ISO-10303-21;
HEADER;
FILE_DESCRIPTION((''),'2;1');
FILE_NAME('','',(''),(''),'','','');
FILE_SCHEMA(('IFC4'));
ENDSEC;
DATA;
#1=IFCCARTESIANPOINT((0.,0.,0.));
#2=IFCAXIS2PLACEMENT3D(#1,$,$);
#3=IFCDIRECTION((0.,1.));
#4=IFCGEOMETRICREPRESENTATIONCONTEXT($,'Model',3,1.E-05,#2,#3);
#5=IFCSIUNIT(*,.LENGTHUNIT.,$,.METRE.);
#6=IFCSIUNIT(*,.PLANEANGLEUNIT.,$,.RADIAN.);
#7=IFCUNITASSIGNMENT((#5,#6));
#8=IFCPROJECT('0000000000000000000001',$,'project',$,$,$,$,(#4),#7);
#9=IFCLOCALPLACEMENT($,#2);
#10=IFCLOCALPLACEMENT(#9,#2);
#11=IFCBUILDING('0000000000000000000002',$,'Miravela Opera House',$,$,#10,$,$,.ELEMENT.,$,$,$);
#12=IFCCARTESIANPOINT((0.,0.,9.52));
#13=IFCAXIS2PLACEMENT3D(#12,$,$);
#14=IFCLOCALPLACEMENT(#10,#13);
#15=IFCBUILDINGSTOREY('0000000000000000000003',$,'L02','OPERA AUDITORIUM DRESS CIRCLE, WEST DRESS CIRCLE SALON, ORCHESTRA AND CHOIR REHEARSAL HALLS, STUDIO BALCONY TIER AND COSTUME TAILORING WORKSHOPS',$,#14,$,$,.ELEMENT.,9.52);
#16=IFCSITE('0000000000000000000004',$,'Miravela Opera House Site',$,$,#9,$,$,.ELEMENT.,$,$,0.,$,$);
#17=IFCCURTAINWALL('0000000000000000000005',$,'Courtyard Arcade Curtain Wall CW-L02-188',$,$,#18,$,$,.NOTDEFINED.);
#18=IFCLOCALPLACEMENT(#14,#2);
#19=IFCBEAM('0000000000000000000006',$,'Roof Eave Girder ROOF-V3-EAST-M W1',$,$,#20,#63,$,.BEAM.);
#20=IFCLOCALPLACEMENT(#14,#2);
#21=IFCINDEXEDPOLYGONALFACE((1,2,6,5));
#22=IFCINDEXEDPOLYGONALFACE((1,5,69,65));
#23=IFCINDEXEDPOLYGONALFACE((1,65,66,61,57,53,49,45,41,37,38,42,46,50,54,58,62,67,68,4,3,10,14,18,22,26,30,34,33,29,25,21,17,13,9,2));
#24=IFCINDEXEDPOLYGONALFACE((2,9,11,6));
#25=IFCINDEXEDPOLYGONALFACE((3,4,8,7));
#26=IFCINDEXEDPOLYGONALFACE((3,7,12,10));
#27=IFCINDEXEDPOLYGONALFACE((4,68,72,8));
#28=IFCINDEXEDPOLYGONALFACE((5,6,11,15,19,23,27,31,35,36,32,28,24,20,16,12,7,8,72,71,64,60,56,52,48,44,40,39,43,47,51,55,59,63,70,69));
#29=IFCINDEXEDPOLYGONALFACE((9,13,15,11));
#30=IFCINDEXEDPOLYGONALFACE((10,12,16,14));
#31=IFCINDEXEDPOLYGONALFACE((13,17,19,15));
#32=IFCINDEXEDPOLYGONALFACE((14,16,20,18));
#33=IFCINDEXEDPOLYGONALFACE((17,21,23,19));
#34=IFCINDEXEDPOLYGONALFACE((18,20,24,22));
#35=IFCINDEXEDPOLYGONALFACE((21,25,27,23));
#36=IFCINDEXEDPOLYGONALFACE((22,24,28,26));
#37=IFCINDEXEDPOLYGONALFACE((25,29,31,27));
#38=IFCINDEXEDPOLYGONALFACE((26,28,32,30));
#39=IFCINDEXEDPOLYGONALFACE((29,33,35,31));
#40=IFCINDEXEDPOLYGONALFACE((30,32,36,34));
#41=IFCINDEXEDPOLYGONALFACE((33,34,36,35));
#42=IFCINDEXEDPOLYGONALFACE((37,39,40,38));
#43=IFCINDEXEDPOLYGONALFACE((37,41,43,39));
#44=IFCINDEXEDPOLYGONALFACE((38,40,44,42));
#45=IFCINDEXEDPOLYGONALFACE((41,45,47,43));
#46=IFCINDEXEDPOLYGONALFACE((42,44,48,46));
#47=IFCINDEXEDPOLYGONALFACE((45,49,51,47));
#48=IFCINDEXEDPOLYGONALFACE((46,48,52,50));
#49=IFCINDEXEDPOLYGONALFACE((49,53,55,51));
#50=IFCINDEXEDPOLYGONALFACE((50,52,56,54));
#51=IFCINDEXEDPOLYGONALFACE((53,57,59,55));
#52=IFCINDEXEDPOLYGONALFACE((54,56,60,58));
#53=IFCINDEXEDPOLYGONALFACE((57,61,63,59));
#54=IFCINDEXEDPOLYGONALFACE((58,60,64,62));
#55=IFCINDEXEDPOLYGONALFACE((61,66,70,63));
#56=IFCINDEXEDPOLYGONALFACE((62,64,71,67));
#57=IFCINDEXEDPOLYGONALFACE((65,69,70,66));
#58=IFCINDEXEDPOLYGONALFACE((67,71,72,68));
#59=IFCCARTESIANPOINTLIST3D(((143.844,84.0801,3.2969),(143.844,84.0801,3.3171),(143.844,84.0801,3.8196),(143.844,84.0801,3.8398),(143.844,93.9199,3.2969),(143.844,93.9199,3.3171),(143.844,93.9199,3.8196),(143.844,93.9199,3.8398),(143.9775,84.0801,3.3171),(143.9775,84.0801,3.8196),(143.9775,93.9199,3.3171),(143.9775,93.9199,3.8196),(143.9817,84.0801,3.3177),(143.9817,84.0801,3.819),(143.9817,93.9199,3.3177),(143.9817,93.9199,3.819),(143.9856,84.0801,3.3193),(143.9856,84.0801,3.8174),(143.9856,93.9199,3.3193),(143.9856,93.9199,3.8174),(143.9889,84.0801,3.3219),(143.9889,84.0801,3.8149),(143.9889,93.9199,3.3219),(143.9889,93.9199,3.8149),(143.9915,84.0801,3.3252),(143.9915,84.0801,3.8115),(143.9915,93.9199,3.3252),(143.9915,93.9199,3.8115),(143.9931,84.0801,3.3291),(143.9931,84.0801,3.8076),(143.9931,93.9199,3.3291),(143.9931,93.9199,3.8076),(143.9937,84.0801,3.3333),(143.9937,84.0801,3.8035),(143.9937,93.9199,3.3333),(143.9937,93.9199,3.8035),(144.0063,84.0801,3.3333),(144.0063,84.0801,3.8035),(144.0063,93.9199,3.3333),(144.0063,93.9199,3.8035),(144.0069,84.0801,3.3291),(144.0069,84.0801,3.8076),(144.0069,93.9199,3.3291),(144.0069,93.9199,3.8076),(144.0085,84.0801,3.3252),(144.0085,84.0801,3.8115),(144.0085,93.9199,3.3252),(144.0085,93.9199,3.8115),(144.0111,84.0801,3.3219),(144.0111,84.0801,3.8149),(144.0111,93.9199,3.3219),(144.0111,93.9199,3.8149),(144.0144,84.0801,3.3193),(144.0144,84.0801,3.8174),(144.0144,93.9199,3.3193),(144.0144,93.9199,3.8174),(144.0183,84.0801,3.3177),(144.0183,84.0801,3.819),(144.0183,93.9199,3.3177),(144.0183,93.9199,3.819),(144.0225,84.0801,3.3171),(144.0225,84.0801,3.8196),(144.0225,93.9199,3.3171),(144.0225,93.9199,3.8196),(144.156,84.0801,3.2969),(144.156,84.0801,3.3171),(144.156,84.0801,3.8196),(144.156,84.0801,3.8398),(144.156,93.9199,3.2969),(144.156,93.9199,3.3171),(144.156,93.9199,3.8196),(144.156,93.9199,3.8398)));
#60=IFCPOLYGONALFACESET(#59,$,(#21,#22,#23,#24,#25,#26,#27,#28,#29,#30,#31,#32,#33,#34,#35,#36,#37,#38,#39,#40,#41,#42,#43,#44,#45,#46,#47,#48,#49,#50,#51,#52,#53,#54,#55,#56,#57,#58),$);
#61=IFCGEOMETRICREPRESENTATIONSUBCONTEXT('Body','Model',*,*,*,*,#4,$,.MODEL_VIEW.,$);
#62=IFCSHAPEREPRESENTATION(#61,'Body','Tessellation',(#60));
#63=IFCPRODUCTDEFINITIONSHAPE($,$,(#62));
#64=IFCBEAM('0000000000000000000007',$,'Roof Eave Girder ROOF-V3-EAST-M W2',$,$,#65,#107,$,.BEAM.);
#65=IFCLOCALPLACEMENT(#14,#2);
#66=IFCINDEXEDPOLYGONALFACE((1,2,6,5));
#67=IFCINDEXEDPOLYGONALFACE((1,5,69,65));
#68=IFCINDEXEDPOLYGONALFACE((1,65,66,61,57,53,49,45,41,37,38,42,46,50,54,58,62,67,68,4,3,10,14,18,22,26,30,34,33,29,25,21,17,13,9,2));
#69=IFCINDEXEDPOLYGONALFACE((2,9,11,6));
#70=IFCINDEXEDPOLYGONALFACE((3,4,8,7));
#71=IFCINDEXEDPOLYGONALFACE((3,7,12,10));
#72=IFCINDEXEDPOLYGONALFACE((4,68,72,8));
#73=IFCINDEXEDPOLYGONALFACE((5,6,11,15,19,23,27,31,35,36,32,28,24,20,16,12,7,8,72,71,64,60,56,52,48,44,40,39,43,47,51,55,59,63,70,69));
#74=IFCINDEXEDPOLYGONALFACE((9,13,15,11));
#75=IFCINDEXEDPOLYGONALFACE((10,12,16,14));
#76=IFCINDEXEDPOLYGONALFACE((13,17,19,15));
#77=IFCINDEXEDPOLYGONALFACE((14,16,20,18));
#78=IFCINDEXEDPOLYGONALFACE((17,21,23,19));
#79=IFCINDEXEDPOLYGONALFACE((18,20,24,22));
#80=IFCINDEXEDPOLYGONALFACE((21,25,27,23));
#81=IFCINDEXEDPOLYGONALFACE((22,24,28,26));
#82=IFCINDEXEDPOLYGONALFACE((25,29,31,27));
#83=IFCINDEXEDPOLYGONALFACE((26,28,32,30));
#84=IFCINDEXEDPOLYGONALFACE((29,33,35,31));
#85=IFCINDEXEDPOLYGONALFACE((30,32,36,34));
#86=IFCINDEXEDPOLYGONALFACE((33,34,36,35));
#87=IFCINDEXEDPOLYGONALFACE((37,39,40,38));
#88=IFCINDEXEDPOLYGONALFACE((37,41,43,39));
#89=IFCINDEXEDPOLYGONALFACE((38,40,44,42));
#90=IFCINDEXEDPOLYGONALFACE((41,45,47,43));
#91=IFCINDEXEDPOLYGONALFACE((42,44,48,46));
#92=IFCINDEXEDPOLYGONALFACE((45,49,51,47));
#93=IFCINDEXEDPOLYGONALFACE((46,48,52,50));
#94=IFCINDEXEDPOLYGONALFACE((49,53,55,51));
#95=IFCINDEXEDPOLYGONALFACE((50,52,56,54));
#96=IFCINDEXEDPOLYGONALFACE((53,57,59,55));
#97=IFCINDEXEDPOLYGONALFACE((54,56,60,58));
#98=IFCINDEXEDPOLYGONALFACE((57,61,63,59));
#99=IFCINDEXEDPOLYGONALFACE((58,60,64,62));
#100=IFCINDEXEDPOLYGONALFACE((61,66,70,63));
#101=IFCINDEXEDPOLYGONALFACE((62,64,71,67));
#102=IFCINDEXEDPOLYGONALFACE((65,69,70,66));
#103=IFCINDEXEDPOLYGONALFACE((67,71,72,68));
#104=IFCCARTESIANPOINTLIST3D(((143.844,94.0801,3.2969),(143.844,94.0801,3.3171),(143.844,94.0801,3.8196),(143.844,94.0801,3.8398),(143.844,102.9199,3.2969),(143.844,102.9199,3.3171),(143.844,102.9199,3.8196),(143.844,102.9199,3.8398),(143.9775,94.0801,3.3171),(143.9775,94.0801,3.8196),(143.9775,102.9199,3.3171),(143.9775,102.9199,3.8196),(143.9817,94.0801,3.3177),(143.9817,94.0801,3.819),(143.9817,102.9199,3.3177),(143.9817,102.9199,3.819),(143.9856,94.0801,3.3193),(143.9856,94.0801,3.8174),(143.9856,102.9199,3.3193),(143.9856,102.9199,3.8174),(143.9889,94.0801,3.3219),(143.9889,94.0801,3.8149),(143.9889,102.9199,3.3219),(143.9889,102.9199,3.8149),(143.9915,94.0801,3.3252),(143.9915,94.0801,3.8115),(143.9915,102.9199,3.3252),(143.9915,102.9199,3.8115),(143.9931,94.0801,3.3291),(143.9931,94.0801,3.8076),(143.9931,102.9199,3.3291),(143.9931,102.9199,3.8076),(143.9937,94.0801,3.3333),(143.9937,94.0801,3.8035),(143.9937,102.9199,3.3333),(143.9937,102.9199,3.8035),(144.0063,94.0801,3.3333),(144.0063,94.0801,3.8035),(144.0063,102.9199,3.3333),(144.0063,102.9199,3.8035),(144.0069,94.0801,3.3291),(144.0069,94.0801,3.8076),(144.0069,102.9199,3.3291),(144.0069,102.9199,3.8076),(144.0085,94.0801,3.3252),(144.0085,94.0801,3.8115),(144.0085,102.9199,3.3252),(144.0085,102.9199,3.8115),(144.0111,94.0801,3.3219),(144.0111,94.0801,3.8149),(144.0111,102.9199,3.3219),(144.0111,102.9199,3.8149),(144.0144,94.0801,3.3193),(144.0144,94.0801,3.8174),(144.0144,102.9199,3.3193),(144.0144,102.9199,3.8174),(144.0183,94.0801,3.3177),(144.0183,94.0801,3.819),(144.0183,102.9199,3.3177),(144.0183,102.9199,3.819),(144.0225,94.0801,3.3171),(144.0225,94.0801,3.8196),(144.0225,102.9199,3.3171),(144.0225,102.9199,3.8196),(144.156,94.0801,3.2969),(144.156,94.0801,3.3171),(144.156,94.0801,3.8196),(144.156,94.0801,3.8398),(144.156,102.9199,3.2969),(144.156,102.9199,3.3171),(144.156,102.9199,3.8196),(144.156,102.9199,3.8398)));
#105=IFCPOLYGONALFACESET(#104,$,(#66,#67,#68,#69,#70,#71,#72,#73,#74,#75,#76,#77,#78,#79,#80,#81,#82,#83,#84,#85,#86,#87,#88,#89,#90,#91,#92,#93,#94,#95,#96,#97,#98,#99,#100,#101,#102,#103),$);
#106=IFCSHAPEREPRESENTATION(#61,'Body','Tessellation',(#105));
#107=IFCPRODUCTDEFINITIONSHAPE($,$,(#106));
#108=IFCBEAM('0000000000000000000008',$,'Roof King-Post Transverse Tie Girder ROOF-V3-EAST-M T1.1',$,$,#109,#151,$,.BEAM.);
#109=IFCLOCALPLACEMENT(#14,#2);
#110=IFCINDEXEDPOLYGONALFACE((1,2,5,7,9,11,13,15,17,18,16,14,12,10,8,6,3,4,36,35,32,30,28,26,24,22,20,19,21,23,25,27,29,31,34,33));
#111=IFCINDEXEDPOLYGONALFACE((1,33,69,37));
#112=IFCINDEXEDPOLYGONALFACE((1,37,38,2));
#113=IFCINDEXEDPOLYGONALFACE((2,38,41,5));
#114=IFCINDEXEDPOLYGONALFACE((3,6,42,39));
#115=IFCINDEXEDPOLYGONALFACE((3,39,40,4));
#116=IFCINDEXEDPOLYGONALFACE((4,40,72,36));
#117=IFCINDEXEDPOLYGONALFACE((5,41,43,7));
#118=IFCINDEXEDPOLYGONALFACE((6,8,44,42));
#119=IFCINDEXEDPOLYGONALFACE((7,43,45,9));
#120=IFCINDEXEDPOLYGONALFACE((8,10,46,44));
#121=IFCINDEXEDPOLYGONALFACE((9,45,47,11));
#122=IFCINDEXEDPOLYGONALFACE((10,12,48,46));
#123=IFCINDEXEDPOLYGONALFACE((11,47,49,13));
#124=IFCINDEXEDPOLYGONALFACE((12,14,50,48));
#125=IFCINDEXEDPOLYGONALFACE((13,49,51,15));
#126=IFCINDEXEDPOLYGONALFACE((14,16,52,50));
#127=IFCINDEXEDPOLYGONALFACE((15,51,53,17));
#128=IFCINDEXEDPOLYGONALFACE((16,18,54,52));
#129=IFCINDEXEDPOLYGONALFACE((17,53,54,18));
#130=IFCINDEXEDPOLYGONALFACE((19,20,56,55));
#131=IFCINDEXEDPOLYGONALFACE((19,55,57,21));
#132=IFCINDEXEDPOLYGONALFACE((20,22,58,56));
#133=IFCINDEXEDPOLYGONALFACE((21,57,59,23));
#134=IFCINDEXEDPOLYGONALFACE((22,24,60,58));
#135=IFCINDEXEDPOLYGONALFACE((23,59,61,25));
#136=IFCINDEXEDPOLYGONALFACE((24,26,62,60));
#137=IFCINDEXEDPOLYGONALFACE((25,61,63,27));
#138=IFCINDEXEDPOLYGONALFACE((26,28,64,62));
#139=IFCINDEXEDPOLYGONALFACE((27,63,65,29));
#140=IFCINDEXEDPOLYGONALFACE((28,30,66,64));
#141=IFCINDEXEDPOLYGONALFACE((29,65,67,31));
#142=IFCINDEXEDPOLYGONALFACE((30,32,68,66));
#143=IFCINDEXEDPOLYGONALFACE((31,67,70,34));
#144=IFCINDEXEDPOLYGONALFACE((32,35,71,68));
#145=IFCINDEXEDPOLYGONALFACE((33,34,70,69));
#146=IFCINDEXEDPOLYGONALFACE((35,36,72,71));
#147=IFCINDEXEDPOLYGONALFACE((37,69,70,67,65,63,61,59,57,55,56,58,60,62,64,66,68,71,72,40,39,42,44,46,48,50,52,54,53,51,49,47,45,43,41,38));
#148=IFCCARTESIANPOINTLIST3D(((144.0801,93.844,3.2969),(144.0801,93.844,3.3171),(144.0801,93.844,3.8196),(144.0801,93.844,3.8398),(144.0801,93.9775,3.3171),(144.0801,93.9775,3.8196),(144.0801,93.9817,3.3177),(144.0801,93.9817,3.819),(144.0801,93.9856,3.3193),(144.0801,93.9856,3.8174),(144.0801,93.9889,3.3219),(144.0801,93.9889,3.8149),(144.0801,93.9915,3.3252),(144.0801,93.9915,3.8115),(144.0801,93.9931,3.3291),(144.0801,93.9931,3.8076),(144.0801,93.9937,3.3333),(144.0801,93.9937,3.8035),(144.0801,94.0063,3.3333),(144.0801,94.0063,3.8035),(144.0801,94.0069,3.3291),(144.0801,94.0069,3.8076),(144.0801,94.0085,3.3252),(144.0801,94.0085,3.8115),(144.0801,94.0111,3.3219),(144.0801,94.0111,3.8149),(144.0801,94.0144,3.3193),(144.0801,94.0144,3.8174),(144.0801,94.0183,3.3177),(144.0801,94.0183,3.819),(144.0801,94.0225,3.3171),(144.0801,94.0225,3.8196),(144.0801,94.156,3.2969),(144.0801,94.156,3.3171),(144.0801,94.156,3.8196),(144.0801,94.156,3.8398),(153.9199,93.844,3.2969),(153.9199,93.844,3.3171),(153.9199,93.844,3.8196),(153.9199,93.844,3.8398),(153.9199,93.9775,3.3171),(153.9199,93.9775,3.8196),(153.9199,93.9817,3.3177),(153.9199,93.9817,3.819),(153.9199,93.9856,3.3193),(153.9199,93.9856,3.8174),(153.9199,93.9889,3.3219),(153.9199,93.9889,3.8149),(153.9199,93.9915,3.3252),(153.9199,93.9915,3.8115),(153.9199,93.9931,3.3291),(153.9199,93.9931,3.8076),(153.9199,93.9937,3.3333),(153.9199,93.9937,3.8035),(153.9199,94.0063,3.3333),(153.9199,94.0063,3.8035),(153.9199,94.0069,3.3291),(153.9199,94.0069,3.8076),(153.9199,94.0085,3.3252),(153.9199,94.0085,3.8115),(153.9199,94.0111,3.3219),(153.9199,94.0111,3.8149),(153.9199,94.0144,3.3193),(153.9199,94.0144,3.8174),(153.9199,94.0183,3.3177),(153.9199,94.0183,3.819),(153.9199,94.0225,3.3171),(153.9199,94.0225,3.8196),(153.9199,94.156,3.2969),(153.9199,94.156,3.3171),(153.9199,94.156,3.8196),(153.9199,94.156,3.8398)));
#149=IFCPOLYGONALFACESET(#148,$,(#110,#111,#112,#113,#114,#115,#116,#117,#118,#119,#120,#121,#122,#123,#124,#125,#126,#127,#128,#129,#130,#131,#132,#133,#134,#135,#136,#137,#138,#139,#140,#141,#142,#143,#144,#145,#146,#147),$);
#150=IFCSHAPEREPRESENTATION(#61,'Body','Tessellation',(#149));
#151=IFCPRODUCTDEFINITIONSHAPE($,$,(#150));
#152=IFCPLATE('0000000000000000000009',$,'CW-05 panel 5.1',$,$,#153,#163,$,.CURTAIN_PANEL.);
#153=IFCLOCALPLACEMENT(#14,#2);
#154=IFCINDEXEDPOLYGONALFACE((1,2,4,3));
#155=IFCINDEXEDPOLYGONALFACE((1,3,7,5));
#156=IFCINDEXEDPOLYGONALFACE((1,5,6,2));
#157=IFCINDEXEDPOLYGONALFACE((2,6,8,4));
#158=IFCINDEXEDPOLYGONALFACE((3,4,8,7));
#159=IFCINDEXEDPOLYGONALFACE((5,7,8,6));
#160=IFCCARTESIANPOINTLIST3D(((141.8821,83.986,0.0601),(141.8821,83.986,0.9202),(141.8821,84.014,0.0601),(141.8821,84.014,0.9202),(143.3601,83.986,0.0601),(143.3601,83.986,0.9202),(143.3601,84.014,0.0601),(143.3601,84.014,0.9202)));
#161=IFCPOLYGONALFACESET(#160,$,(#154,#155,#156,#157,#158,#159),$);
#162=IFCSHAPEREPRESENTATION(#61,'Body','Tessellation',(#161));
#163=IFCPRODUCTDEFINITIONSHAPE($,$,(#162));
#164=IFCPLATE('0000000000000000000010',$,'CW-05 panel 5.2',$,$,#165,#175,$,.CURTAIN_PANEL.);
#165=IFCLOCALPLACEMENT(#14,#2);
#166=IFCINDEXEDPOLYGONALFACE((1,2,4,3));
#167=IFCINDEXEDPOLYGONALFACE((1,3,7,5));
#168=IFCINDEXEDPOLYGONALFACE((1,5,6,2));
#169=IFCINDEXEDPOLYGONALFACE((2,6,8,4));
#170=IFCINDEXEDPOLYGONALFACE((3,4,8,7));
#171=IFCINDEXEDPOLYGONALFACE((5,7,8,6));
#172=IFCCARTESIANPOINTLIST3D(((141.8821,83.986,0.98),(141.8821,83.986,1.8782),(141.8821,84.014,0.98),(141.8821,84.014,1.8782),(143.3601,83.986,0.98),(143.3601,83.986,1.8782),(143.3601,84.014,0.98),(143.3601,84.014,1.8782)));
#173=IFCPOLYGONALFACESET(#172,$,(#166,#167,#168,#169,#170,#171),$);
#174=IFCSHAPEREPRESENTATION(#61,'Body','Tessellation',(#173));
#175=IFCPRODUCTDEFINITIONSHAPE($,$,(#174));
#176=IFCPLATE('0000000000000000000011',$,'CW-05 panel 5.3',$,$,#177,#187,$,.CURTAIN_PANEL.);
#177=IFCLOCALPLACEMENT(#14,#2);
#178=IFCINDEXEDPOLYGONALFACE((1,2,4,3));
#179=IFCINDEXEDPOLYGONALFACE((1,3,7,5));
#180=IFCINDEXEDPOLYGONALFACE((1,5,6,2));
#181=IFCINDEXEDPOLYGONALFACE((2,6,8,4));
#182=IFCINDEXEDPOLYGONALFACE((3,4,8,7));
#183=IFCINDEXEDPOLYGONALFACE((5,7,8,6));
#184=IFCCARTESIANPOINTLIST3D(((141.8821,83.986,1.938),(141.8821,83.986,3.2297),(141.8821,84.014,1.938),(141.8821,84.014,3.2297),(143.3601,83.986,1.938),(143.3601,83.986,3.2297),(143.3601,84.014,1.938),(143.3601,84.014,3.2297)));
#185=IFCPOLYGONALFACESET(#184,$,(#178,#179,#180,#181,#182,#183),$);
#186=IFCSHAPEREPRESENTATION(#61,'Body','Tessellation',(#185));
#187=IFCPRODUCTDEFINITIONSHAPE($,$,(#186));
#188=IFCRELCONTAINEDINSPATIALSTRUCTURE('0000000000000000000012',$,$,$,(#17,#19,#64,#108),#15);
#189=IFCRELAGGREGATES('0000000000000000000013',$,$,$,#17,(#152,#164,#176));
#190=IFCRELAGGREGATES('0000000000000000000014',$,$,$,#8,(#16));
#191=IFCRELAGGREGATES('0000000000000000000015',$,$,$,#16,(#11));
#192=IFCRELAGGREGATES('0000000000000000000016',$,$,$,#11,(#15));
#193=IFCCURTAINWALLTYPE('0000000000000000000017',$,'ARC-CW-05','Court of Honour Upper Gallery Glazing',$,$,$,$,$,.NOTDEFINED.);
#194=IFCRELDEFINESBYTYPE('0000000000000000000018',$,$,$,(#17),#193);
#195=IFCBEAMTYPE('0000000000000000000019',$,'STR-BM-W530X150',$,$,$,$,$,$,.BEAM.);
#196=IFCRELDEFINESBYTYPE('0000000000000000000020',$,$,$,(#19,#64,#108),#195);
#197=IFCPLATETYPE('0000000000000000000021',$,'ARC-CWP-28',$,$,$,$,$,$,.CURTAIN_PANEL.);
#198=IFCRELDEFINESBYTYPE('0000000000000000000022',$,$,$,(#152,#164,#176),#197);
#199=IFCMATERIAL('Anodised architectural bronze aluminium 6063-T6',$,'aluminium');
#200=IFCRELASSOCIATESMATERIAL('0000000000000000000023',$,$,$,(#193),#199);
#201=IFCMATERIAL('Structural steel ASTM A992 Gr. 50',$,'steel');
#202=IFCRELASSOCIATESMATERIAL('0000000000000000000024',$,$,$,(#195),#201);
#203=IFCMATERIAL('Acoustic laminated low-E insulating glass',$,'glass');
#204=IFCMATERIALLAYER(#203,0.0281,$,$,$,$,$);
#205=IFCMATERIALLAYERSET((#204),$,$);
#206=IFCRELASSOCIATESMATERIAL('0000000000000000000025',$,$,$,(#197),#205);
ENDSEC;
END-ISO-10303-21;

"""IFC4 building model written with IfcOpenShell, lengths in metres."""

from ifc_helpers import new_model, si_unit, direction, frame, origin, origin_2d, place, context, subcontext, project, spatial, rectangle, i_section, extrude, material, layer, layer_set, material_profile, profile_set, type_object, element, aggregate, save


model = new_model("IFC4")

# Units and contexts
model_context = context("Model", 3, precision=1e-05, world=origin(), true_north=direction((0.0, 1.0)))
body_context = subcontext(model_context, "Body", "Model", "MODEL_VIEW")
ifc_project = project(units=[si_unit("LENGTHUNIT", "METRE"), si_unit("PLANEANGLEUNIT", "RADIAN")], contexts=[model_context])

# Site, building, storey
site_placement = place(None, origin())
site = spatial("IfcSite", under=ifc_project, at=site_placement, Name="Miravela Opera House Site", CompositionType="ELEMENT", RefElevation=0.0)
building_placement = place(site_placement, origin())
building = spatial("IfcBuilding", under=site, at=building_placement, Name="Miravela Opera House", CompositionType="ELEMENT")
storey_placement = place(building_placement, frame((0.0, 0.0, 9.52)))
storey = spatial("IfcBuildingStorey", under=building, at=storey_placement, Name="L02", Description="OPERA AUDITORIUM DRESS CIRCLE, WEST DRESS CIRCLE SALON, ORCHESTRA AND CHOIR REHEARSAL HALLS, STUDIO BALCONY TIER AND COSTUME TAILORING WORKSHOPS", CompositionType="ELEMENT", Elevation=9.52)

# Curtain wall
ifc_material_1 = material(Name="Anodised architectural bronze aluminium 6063-T6", Category="aluminium")
curtain_wall_type = type_object("IfcCurtainWallType", Name="ARC-CW-05", Description="Court of Honour Upper Gallery Glazing", PredefinedType="NOTDEFINED", material=ifc_material_1)
curtain_wall_1_placement = place(storey_placement, origin())
curtain_wall_1 = element("IfcCurtainWall", 1, at=curtain_wall_1_placement, inside=storey, type_object=curtain_wall_type, Name="Courtyard Arcade Curtain Wall CW-L02-188", PredefinedType="NOTDEFINED")

# Beams
ifc_material_2 = material(Name="Structural steel ASTM A992 Gr. 50", Category="steel")
ifc_material_profile_1 = material_profile(ifc_material_2, i_section(OverallWidth=0.312, OverallDepth=0.543, WebThickness=0.0127, FlangeThickness=0.0203, FilletRadius=0.0161, at=origin_2d()), Name="W530X150")
ifc_profile_set_1 = profile_set([ifc_material_profile_1])
beam_type_1 = type_object("IfcBeamType", Name="STR-BM-W530X150", PredefinedType="BEAM", material=ifc_profile_set_1)
for number, where, z_axis, x_axis, name in (
    (2, (144.0, 84.0801, 3.5684), (0.0, 1.0, 0.0), (-1.0, 0.0, 0.0), "Roof Eave Girder ROOF-V3-EAST-M W1"),
):
    element("IfcBeam", number, at=place(storey_placement, frame(where, z_axis=z_axis, x_axis=x_axis)), inside=storey, type_object=beam_type_1, Name=name, PredefinedType="BEAM", context=body_context, shape_type="SweptSolid", body=[
        extrude(i_section(OverallWidth=0.312, OverallDepth=0.543, WebThickness=0.0127, FlangeThickness=0.0203, FilletRadius=0.0161, at=origin_2d()), origin(), (0.0, 0.0, 1.0), 9.8398),
    ])
beam_1_placement = place(storey_placement, frame((144.0, 94.0801, 3.5684), z_axis=(0.0, 1.0, 0.0), x_axis=(-1.0, 0.0, 0.0)))
element("IfcBeam", 3, at=beam_1_placement, inside=storey, type_object=beam_type_1, Name="Roof Eave Girder ROOF-V3-EAST-M W2", PredefinedType="BEAM", context=body_context, shape_type="SweptSolid", body=[
    extrude(i_section(OverallWidth=0.312, OverallDepth=0.543, WebThickness=0.0127, FlangeThickness=0.0203, FilletRadius=0.0161, at=origin_2d()), origin(), (0.0, 0.0, 1.0), 8.8398),
])
beam_2_placement = place(storey_placement, frame((144.0801, 94.0, 3.5684), z_axis=(1.0, 0.0, 0.0), x_axis=(0.0, 1.0, 0.0)))
element("IfcBeam", 4, at=beam_2_placement, inside=storey, type_object=beam_type_1, Name="Roof King-Post Transverse Tie Girder ROOF-V3-EAST-M T1.1", PredefinedType="BEAM", context=body_context, shape_type="SweptSolid", body=[
    extrude(i_section(OverallWidth=0.312, OverallDepth=0.543, WebThickness=0.0127, FlangeThickness=0.0203, FilletRadius=0.0161, at=origin_2d()), origin(), (0.0, 0.0, 1.0), 9.8398),
])

# Plates
ifc_material_3 = material(Name="Acoustic laminated low-E insulating glass", Category="glass")
ifc_layer_1 = layer(ifc_material_3, 0.0281)
ifc_layer_set_1 = layer_set([ifc_layer_1])
plate_type = type_object("IfcPlateType", Name="ARC-CWP-28", PredefinedType="CURTAIN_PANEL", material=ifc_layer_set_1)
plate_1_placement = place(storey_placement, frame((142.6211, 84.0, 0.0601), z_axis=(0.0, 0.0, 1.0), x_axis=(1.0, 0.0, 0.0)))
plate_1 = element("IfcPlate", 5, at=plate_1_placement, type_object=plate_type, Name="CW-05 panel 5.1", PredefinedType="CURTAIN_PANEL", context=body_context, shape_type="SweptSolid", body=[
    extrude(rectangle(XDim=1.478, YDim=0.0281, at=origin_2d()), origin(), (0.0, 0.0, 1.0), 0.8601),
])
plate_2_placement = place(storey_placement, frame((142.6211, 84.0, 0.98), z_axis=(0.0, 0.0, 1.0), x_axis=(1.0, 0.0, 0.0)))
plate_2 = element("IfcPlate", 6, at=plate_2_placement, type_object=plate_type, Name="CW-05 panel 5.2", PredefinedType="CURTAIN_PANEL", context=body_context, shape_type="SweptSolid", body=[
    extrude(rectangle(XDim=1.478, YDim=0.0281, at=origin_2d()), origin(), (0.0, 0.0, 1.0), 0.8982),
])
plate_3_placement = place(storey_placement, frame((142.6211, 84.0, 1.938), z_axis=(0.0, 0.0, 1.0), x_axis=(1.0, 0.0, 0.0)))
plate_3 = element("IfcPlate", 7, at=plate_3_placement, type_object=plate_type, Name="CW-05 panel 5.3", PredefinedType="CURTAIN_PANEL", context=body_context, shape_type="SweptSolid", body=[
    extrude(rectangle(XDim=1.478, YDim=0.0281, at=origin_2d()), origin(), (0.0, 0.0, 1.0), 1.2917),
])
aggregate(curtain_wall_1, [plate_1, plate_2, plate_3])

save(model, "model.ifc")
